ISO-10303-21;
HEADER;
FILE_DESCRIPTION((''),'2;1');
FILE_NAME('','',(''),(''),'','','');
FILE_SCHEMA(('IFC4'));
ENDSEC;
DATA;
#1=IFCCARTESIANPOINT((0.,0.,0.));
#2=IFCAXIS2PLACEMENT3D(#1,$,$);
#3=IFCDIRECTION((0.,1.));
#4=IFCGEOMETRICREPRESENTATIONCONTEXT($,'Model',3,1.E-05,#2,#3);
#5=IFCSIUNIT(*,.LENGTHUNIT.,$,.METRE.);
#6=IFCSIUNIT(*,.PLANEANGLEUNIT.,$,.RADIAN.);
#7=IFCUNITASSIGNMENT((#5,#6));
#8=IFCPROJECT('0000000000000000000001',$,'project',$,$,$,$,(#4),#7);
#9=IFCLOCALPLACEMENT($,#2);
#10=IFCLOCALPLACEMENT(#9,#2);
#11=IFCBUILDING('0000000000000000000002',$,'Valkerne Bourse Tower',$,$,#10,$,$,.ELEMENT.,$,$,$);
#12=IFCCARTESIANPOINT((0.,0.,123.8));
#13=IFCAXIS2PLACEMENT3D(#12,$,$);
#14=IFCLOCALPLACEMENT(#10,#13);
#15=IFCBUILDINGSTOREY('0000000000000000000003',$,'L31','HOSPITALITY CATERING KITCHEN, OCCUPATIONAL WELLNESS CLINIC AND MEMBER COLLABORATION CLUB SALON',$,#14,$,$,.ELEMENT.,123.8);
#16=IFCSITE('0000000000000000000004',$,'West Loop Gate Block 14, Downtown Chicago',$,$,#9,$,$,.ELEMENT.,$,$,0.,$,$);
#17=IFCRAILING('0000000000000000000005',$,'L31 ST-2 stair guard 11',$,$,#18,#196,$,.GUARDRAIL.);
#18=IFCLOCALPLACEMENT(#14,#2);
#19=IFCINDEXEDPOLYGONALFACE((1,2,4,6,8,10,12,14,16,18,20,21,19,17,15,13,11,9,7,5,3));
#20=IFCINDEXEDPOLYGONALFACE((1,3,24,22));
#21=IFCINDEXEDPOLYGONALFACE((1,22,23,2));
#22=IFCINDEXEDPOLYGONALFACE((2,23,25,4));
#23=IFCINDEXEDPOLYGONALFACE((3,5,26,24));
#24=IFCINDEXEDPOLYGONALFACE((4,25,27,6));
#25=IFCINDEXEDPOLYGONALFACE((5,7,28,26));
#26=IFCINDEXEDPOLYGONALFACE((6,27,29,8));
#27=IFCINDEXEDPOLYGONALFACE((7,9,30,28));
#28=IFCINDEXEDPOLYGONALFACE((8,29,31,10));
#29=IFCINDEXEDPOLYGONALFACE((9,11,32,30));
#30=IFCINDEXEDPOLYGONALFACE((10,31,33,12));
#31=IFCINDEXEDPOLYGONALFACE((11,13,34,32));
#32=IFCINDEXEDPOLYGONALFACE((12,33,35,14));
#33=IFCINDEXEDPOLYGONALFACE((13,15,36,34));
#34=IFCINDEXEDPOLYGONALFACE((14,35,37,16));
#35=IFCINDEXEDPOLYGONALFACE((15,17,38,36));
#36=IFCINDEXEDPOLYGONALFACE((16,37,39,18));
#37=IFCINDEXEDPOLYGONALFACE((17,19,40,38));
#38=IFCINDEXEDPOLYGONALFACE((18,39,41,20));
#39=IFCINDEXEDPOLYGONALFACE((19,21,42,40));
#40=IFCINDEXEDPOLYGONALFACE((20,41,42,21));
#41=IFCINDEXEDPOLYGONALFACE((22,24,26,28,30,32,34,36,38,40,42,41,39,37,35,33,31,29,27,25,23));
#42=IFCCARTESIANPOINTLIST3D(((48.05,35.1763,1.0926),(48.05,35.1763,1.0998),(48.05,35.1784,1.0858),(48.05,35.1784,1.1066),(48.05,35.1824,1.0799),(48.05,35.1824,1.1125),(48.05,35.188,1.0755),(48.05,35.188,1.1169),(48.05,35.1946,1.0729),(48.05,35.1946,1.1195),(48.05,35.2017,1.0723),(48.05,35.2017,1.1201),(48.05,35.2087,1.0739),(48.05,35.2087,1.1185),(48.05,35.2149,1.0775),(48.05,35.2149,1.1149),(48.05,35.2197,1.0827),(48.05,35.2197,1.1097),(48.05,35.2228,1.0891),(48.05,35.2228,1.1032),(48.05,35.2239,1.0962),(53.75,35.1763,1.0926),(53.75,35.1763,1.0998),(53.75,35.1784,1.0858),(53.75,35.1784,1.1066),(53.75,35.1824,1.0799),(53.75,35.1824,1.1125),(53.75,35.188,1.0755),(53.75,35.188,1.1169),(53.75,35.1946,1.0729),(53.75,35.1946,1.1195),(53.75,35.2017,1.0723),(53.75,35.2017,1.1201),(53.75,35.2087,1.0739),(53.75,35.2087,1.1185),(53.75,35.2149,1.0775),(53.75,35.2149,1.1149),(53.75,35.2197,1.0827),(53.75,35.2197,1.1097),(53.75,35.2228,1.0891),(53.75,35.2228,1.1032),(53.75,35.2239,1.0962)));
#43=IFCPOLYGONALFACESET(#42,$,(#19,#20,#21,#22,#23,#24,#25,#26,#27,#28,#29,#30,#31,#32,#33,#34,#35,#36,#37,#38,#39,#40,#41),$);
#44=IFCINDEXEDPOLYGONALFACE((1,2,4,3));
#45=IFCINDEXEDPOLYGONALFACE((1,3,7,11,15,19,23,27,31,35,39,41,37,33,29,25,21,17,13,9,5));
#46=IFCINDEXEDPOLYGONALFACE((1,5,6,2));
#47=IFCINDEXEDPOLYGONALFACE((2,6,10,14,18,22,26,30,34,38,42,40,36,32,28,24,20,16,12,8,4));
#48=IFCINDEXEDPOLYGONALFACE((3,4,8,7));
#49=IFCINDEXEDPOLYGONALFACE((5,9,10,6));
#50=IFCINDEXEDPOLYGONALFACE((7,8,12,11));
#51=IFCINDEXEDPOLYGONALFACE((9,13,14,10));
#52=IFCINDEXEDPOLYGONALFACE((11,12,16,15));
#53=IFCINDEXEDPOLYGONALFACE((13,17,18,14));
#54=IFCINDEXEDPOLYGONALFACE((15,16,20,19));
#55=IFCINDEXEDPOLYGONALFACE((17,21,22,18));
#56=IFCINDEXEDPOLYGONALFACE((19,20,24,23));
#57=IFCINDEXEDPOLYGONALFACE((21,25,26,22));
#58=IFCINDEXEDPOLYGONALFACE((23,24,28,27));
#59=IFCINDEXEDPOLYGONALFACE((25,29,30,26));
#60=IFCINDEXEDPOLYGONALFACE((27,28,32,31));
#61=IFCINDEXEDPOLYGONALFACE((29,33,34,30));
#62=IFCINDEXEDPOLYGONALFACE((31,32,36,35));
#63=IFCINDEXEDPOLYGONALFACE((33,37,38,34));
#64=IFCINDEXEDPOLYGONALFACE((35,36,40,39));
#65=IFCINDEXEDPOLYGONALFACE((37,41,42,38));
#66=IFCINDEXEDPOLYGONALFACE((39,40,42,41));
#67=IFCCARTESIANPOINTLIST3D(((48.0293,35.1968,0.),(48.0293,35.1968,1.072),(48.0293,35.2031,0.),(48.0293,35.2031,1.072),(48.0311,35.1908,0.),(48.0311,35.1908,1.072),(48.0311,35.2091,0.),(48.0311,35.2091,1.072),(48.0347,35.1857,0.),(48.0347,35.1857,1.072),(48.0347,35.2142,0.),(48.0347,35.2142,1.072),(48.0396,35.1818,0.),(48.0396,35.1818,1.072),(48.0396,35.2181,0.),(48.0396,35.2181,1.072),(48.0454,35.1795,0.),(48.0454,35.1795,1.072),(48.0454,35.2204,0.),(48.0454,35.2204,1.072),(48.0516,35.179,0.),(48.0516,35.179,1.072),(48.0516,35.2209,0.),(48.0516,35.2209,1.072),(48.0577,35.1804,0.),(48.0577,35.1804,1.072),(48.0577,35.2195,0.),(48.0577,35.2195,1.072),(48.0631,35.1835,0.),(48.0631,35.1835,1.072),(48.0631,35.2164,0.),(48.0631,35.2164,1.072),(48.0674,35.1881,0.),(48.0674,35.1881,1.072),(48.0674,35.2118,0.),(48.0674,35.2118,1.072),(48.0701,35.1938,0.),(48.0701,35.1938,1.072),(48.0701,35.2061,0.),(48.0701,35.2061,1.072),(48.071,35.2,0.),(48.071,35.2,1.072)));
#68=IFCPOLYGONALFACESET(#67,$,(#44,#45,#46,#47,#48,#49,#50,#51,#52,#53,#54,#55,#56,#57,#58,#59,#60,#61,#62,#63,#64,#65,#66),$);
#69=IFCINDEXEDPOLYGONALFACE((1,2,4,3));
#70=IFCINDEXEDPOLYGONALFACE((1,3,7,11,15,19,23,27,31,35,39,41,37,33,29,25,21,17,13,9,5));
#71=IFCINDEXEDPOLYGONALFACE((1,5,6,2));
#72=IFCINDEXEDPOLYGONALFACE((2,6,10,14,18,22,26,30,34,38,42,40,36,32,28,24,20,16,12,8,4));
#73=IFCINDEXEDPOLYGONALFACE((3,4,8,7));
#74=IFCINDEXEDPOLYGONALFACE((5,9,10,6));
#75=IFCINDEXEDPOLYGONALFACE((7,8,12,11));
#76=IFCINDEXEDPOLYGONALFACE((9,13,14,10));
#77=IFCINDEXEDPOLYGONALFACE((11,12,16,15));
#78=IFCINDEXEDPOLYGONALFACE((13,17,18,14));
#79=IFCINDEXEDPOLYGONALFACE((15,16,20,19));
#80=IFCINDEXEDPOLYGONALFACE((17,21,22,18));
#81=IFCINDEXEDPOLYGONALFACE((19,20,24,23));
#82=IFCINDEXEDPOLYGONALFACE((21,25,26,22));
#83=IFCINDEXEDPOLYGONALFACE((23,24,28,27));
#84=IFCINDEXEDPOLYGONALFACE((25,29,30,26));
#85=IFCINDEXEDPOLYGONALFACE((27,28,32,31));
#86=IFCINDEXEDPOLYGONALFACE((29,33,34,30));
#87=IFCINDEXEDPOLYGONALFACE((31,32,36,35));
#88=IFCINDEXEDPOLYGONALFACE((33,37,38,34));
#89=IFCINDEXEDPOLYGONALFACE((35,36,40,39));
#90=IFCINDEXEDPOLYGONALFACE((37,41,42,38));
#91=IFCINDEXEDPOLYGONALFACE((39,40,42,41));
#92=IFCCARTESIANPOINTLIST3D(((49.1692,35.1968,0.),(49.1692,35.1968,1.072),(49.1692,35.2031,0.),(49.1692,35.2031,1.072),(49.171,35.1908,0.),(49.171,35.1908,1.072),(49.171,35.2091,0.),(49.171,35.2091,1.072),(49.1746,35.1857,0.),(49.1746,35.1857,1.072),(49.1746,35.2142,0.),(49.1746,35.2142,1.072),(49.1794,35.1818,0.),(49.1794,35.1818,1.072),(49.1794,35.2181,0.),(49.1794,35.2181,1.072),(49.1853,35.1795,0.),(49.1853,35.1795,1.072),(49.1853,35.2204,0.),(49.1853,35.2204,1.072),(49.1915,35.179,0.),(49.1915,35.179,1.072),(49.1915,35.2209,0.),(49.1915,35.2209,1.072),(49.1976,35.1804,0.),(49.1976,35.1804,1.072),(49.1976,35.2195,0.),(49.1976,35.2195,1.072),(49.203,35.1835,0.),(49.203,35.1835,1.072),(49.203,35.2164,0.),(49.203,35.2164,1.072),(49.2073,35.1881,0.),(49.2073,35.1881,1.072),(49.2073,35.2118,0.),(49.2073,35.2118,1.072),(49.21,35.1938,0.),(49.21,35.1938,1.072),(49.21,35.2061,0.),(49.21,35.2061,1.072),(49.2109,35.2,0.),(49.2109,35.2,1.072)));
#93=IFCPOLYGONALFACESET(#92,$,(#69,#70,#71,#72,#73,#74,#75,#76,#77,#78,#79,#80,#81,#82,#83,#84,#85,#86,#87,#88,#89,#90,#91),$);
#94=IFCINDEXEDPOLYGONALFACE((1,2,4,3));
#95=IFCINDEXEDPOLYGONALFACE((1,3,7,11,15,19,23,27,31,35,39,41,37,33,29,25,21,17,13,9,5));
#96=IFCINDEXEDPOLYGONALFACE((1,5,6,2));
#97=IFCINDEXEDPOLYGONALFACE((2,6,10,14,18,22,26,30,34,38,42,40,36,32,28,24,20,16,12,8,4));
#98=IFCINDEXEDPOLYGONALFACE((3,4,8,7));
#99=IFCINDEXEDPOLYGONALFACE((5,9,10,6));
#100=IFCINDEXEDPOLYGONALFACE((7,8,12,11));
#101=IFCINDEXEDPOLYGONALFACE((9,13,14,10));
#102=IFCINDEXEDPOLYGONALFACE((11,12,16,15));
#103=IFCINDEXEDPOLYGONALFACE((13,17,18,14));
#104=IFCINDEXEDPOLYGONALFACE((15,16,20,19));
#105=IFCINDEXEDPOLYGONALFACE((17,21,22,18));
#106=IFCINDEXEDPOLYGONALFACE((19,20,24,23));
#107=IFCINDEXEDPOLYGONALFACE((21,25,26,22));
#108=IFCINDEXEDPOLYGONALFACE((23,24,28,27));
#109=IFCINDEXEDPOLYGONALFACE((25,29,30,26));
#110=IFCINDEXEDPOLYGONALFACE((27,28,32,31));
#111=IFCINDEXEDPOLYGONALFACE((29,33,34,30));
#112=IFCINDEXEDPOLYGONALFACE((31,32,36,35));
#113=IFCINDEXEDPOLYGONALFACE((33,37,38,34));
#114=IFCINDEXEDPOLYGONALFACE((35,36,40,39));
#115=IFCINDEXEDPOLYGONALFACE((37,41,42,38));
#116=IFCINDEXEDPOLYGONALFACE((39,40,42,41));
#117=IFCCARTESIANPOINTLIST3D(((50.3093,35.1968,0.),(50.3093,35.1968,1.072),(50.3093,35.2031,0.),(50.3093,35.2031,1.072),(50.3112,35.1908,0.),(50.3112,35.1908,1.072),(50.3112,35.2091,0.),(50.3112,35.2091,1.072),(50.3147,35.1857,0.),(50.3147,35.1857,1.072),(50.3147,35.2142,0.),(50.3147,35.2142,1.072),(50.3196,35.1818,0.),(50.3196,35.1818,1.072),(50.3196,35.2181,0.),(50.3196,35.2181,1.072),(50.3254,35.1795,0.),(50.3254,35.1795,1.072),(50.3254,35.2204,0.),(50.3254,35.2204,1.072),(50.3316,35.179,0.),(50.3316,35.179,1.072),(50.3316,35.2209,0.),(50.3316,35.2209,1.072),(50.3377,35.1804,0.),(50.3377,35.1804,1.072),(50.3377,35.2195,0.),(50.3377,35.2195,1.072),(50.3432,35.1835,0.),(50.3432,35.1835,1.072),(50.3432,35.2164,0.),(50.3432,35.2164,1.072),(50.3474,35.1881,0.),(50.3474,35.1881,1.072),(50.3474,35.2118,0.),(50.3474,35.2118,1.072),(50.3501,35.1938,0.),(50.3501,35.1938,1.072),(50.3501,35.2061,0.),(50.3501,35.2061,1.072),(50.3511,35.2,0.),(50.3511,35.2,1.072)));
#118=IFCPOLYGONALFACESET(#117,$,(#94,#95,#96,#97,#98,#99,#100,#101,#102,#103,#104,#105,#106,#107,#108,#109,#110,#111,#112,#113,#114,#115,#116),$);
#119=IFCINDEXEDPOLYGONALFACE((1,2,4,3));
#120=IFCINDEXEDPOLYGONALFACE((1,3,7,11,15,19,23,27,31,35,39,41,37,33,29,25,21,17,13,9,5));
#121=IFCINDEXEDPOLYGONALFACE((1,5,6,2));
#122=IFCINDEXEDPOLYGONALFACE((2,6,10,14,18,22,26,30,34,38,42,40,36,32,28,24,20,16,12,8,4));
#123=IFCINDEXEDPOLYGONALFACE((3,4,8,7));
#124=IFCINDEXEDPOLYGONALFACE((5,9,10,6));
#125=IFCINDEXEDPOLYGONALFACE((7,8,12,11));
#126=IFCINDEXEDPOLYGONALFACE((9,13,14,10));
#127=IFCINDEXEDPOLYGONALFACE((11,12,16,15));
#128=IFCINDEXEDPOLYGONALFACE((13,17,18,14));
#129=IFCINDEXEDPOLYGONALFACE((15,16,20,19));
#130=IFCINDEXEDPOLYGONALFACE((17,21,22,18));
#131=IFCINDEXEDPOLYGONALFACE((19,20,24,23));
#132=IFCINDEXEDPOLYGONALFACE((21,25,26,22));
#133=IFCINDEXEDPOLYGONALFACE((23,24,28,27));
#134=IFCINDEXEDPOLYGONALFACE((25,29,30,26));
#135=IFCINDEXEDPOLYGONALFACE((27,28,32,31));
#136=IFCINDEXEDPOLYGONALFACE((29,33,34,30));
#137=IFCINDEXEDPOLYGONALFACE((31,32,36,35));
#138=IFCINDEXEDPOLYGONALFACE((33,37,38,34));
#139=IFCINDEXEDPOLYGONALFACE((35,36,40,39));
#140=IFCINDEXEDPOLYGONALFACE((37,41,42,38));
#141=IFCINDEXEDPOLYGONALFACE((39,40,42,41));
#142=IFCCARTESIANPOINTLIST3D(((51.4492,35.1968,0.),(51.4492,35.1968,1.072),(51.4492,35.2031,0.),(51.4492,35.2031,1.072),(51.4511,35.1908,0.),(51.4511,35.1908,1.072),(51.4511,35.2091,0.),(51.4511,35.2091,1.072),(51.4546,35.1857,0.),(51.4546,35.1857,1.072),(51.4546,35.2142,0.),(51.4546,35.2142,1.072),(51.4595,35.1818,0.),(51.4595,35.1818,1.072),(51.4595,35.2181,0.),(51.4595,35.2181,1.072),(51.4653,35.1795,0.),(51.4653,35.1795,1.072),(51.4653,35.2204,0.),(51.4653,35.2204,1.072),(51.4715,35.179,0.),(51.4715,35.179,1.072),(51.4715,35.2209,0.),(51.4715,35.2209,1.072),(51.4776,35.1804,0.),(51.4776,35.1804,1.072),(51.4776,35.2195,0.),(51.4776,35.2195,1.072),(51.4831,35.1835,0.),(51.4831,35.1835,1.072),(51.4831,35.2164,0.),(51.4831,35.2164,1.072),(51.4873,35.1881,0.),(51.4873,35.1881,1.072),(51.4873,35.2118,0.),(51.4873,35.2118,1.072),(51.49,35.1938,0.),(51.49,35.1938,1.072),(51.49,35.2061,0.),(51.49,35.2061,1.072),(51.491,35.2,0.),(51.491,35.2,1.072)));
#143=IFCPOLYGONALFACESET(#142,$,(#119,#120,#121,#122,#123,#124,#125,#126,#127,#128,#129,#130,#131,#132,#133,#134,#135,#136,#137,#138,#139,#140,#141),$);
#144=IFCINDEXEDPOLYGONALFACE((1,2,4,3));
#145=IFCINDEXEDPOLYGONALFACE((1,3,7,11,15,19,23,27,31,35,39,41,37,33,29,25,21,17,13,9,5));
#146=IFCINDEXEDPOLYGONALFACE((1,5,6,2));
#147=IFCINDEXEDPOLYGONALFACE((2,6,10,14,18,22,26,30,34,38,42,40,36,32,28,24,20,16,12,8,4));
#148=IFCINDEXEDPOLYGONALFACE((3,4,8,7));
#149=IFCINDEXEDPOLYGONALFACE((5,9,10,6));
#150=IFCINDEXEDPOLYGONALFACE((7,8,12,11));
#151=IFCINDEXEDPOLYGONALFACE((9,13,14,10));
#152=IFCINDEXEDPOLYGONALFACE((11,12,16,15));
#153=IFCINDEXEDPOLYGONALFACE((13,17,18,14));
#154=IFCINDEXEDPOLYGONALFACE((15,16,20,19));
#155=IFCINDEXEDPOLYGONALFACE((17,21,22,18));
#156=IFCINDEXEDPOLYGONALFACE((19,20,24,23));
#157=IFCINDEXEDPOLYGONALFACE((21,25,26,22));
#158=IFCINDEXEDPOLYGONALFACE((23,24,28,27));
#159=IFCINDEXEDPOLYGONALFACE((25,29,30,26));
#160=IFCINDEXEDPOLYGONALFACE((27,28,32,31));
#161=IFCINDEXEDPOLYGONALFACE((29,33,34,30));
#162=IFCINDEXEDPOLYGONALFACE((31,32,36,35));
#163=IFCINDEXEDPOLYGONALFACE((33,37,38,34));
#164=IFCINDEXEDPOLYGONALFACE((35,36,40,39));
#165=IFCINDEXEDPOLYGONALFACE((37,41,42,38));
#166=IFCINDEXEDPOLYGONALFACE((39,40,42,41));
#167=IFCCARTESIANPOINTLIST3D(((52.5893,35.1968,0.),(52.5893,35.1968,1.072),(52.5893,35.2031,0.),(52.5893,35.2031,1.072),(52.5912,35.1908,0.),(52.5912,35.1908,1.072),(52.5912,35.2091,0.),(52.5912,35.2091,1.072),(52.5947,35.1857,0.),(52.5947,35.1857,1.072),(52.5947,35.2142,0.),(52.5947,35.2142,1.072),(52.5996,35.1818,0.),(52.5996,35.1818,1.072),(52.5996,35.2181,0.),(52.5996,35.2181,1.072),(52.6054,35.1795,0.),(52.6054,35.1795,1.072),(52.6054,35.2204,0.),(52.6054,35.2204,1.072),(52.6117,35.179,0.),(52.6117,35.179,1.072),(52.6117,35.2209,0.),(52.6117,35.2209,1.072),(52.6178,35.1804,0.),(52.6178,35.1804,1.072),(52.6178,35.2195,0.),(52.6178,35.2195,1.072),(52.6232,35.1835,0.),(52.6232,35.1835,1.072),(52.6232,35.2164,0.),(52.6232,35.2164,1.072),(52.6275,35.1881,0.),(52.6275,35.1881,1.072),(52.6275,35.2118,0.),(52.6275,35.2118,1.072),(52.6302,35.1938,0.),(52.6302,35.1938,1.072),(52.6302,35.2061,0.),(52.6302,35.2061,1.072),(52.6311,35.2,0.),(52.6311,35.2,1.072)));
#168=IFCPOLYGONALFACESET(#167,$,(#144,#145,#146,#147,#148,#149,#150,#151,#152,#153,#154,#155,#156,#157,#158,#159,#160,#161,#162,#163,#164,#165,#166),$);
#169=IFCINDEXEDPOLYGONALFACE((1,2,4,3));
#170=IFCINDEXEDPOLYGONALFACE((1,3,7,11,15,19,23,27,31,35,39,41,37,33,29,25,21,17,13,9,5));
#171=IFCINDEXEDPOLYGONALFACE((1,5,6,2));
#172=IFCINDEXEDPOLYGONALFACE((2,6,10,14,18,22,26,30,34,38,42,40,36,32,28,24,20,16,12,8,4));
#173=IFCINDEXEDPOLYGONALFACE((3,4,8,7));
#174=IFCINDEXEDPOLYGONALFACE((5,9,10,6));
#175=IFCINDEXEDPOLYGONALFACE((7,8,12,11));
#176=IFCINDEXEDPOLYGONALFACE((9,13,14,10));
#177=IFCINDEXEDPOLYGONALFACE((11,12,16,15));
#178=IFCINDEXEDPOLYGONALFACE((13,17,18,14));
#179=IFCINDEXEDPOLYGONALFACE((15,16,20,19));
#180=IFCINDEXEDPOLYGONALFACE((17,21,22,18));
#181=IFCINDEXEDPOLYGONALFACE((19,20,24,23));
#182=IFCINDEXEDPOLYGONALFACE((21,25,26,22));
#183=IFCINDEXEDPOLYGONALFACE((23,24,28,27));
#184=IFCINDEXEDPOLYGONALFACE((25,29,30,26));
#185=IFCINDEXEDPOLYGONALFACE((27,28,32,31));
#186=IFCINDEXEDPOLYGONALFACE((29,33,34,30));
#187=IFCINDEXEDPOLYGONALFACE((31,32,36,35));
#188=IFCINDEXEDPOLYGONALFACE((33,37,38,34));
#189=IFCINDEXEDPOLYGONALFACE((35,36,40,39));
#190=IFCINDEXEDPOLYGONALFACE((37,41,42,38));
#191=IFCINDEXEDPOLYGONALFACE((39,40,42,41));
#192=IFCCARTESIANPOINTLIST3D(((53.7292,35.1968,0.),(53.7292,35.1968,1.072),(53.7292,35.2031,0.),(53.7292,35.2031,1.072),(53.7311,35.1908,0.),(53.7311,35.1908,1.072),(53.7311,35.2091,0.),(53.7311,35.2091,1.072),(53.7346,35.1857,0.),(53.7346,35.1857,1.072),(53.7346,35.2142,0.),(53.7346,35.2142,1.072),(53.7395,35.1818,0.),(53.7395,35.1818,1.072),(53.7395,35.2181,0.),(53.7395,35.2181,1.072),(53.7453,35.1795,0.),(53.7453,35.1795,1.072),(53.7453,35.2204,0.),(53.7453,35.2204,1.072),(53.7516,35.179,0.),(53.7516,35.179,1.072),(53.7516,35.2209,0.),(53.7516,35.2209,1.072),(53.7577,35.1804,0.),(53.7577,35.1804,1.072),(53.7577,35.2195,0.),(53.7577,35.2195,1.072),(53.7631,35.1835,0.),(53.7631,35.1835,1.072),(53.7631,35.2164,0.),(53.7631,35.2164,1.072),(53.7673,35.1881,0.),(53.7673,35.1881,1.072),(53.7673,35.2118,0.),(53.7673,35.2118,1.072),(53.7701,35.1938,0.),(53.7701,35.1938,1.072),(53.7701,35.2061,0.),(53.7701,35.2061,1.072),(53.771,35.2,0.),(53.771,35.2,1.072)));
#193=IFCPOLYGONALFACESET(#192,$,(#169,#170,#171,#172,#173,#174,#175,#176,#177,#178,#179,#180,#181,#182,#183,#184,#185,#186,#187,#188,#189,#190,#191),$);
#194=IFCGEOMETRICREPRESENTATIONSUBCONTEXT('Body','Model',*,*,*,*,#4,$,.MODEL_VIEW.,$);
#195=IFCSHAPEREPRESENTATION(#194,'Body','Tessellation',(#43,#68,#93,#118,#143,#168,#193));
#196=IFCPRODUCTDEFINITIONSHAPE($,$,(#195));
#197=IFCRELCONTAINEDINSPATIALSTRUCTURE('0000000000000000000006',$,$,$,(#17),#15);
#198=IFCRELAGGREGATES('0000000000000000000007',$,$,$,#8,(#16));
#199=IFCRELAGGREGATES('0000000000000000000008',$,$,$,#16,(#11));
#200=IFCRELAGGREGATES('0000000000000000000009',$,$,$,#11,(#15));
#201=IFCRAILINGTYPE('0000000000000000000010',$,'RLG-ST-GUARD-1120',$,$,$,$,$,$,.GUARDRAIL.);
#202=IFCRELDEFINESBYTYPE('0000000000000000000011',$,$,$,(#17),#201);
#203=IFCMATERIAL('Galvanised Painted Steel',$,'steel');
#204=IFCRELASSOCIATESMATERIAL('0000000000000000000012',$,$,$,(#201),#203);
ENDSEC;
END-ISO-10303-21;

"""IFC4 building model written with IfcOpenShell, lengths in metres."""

from ifc_helpers import new_model, si_unit, direction, frame, origin, origin_2d, place, context, subcontext, project, spatial, circle, extrude, material, type_object, element, save


model = new_model("IFC4")

# Units and contexts
model_context = context("Model", 3, precision=1e-05, world=origin(), true_north=direction((0.0, 1.0)))
body_context = subcontext(model_context, "Body", "Model", "MODEL_VIEW")
ifc_project = project(units=[si_unit("LENGTHUNIT", "METRE"), si_unit("PLANEANGLEUNIT", "RADIAN")], contexts=[model_context])

# Site, building, storey
site_placement = place(None, origin())
site = spatial("IfcSite", under=ifc_project, at=site_placement, Name="West Loop Gate Block 14, Downtown Chicago", CompositionType="ELEMENT", RefElevation=0.0)
building_placement = place(site_placement, origin())
building = spatial("IfcBuilding", under=site, at=building_placement, Name="Valkerne Bourse Tower", CompositionType="ELEMENT")
storey_placement = place(building_placement, frame((0.0, 0.0, 123.8)))
storey = spatial("IfcBuildingStorey", under=building, at=storey_placement, Name="L31", Description="HOSPITALITY CATERING KITCHEN, OCCUPATIONAL WELLNESS CLINIC AND MEMBER COLLABORATION CLUB SALON", CompositionType="ELEMENT", Elevation=123.8)

# Shared definitions
ifc_material_1 = material(Name="Galvanised Painted Steel", Category="steel")

# Railing
railing_type_1 = type_object("IfcRailingType", Name="RLG-ST-GUARD-1120", PredefinedType="GUARDRAIL", material=ifc_material_1)
for number, where, name in (
    (1, (48.05, 35.2, 0.0), "L31 ST-2 stair guard 11"),
):
    element("IfcRailing", number, at=place(storey_placement, frame(where)), inside=storey, type_object=railing_type_1, Name=name, PredefinedType="GUARDRAIL", context=body_context, shape_type="SweptSolid", body=[
        extrude(circle(Radius=0.0239, at=origin_2d()), frame((0.0, 0.0, 1.0962), z_axis=(1.0, 0.0, 0.0), x_axis=(0.0, 1.0, 0.0)), (0.0, 0.0, 1.0), 5.7),
        extrude(circle(Radius=0.021, at=origin_2d()), origin(), (0.0, 0.0, 1.0), 1.072),
        extrude(circle(Radius=0.021, at=origin_2d()), frame((1.1399, 0.0, 0.0)), (0.0, 0.0, 1.0), 1.072),
        extrude(circle(Radius=0.021, at=origin_2d()), frame((2.28, 0.0, 0.0)), (0.0, 0.0, 1.0), 1.072),
        extrude(circle(Radius=0.021, at=origin_2d()), frame((3.4199, 0.0, 0.0)), (0.0, 0.0, 1.0), 1.072),
        extrude(circle(Radius=0.021, at=origin_2d()), frame((4.5601, 0.0, 0.0)), (0.0, 0.0, 1.0), 1.072),
        extrude(circle(Radius=0.021, at=origin_2d()), frame((5.7, 0.0, 0.0)), (0.0, 0.0, 1.0), 1.072),
    ])

save(model, "model.ifc")
